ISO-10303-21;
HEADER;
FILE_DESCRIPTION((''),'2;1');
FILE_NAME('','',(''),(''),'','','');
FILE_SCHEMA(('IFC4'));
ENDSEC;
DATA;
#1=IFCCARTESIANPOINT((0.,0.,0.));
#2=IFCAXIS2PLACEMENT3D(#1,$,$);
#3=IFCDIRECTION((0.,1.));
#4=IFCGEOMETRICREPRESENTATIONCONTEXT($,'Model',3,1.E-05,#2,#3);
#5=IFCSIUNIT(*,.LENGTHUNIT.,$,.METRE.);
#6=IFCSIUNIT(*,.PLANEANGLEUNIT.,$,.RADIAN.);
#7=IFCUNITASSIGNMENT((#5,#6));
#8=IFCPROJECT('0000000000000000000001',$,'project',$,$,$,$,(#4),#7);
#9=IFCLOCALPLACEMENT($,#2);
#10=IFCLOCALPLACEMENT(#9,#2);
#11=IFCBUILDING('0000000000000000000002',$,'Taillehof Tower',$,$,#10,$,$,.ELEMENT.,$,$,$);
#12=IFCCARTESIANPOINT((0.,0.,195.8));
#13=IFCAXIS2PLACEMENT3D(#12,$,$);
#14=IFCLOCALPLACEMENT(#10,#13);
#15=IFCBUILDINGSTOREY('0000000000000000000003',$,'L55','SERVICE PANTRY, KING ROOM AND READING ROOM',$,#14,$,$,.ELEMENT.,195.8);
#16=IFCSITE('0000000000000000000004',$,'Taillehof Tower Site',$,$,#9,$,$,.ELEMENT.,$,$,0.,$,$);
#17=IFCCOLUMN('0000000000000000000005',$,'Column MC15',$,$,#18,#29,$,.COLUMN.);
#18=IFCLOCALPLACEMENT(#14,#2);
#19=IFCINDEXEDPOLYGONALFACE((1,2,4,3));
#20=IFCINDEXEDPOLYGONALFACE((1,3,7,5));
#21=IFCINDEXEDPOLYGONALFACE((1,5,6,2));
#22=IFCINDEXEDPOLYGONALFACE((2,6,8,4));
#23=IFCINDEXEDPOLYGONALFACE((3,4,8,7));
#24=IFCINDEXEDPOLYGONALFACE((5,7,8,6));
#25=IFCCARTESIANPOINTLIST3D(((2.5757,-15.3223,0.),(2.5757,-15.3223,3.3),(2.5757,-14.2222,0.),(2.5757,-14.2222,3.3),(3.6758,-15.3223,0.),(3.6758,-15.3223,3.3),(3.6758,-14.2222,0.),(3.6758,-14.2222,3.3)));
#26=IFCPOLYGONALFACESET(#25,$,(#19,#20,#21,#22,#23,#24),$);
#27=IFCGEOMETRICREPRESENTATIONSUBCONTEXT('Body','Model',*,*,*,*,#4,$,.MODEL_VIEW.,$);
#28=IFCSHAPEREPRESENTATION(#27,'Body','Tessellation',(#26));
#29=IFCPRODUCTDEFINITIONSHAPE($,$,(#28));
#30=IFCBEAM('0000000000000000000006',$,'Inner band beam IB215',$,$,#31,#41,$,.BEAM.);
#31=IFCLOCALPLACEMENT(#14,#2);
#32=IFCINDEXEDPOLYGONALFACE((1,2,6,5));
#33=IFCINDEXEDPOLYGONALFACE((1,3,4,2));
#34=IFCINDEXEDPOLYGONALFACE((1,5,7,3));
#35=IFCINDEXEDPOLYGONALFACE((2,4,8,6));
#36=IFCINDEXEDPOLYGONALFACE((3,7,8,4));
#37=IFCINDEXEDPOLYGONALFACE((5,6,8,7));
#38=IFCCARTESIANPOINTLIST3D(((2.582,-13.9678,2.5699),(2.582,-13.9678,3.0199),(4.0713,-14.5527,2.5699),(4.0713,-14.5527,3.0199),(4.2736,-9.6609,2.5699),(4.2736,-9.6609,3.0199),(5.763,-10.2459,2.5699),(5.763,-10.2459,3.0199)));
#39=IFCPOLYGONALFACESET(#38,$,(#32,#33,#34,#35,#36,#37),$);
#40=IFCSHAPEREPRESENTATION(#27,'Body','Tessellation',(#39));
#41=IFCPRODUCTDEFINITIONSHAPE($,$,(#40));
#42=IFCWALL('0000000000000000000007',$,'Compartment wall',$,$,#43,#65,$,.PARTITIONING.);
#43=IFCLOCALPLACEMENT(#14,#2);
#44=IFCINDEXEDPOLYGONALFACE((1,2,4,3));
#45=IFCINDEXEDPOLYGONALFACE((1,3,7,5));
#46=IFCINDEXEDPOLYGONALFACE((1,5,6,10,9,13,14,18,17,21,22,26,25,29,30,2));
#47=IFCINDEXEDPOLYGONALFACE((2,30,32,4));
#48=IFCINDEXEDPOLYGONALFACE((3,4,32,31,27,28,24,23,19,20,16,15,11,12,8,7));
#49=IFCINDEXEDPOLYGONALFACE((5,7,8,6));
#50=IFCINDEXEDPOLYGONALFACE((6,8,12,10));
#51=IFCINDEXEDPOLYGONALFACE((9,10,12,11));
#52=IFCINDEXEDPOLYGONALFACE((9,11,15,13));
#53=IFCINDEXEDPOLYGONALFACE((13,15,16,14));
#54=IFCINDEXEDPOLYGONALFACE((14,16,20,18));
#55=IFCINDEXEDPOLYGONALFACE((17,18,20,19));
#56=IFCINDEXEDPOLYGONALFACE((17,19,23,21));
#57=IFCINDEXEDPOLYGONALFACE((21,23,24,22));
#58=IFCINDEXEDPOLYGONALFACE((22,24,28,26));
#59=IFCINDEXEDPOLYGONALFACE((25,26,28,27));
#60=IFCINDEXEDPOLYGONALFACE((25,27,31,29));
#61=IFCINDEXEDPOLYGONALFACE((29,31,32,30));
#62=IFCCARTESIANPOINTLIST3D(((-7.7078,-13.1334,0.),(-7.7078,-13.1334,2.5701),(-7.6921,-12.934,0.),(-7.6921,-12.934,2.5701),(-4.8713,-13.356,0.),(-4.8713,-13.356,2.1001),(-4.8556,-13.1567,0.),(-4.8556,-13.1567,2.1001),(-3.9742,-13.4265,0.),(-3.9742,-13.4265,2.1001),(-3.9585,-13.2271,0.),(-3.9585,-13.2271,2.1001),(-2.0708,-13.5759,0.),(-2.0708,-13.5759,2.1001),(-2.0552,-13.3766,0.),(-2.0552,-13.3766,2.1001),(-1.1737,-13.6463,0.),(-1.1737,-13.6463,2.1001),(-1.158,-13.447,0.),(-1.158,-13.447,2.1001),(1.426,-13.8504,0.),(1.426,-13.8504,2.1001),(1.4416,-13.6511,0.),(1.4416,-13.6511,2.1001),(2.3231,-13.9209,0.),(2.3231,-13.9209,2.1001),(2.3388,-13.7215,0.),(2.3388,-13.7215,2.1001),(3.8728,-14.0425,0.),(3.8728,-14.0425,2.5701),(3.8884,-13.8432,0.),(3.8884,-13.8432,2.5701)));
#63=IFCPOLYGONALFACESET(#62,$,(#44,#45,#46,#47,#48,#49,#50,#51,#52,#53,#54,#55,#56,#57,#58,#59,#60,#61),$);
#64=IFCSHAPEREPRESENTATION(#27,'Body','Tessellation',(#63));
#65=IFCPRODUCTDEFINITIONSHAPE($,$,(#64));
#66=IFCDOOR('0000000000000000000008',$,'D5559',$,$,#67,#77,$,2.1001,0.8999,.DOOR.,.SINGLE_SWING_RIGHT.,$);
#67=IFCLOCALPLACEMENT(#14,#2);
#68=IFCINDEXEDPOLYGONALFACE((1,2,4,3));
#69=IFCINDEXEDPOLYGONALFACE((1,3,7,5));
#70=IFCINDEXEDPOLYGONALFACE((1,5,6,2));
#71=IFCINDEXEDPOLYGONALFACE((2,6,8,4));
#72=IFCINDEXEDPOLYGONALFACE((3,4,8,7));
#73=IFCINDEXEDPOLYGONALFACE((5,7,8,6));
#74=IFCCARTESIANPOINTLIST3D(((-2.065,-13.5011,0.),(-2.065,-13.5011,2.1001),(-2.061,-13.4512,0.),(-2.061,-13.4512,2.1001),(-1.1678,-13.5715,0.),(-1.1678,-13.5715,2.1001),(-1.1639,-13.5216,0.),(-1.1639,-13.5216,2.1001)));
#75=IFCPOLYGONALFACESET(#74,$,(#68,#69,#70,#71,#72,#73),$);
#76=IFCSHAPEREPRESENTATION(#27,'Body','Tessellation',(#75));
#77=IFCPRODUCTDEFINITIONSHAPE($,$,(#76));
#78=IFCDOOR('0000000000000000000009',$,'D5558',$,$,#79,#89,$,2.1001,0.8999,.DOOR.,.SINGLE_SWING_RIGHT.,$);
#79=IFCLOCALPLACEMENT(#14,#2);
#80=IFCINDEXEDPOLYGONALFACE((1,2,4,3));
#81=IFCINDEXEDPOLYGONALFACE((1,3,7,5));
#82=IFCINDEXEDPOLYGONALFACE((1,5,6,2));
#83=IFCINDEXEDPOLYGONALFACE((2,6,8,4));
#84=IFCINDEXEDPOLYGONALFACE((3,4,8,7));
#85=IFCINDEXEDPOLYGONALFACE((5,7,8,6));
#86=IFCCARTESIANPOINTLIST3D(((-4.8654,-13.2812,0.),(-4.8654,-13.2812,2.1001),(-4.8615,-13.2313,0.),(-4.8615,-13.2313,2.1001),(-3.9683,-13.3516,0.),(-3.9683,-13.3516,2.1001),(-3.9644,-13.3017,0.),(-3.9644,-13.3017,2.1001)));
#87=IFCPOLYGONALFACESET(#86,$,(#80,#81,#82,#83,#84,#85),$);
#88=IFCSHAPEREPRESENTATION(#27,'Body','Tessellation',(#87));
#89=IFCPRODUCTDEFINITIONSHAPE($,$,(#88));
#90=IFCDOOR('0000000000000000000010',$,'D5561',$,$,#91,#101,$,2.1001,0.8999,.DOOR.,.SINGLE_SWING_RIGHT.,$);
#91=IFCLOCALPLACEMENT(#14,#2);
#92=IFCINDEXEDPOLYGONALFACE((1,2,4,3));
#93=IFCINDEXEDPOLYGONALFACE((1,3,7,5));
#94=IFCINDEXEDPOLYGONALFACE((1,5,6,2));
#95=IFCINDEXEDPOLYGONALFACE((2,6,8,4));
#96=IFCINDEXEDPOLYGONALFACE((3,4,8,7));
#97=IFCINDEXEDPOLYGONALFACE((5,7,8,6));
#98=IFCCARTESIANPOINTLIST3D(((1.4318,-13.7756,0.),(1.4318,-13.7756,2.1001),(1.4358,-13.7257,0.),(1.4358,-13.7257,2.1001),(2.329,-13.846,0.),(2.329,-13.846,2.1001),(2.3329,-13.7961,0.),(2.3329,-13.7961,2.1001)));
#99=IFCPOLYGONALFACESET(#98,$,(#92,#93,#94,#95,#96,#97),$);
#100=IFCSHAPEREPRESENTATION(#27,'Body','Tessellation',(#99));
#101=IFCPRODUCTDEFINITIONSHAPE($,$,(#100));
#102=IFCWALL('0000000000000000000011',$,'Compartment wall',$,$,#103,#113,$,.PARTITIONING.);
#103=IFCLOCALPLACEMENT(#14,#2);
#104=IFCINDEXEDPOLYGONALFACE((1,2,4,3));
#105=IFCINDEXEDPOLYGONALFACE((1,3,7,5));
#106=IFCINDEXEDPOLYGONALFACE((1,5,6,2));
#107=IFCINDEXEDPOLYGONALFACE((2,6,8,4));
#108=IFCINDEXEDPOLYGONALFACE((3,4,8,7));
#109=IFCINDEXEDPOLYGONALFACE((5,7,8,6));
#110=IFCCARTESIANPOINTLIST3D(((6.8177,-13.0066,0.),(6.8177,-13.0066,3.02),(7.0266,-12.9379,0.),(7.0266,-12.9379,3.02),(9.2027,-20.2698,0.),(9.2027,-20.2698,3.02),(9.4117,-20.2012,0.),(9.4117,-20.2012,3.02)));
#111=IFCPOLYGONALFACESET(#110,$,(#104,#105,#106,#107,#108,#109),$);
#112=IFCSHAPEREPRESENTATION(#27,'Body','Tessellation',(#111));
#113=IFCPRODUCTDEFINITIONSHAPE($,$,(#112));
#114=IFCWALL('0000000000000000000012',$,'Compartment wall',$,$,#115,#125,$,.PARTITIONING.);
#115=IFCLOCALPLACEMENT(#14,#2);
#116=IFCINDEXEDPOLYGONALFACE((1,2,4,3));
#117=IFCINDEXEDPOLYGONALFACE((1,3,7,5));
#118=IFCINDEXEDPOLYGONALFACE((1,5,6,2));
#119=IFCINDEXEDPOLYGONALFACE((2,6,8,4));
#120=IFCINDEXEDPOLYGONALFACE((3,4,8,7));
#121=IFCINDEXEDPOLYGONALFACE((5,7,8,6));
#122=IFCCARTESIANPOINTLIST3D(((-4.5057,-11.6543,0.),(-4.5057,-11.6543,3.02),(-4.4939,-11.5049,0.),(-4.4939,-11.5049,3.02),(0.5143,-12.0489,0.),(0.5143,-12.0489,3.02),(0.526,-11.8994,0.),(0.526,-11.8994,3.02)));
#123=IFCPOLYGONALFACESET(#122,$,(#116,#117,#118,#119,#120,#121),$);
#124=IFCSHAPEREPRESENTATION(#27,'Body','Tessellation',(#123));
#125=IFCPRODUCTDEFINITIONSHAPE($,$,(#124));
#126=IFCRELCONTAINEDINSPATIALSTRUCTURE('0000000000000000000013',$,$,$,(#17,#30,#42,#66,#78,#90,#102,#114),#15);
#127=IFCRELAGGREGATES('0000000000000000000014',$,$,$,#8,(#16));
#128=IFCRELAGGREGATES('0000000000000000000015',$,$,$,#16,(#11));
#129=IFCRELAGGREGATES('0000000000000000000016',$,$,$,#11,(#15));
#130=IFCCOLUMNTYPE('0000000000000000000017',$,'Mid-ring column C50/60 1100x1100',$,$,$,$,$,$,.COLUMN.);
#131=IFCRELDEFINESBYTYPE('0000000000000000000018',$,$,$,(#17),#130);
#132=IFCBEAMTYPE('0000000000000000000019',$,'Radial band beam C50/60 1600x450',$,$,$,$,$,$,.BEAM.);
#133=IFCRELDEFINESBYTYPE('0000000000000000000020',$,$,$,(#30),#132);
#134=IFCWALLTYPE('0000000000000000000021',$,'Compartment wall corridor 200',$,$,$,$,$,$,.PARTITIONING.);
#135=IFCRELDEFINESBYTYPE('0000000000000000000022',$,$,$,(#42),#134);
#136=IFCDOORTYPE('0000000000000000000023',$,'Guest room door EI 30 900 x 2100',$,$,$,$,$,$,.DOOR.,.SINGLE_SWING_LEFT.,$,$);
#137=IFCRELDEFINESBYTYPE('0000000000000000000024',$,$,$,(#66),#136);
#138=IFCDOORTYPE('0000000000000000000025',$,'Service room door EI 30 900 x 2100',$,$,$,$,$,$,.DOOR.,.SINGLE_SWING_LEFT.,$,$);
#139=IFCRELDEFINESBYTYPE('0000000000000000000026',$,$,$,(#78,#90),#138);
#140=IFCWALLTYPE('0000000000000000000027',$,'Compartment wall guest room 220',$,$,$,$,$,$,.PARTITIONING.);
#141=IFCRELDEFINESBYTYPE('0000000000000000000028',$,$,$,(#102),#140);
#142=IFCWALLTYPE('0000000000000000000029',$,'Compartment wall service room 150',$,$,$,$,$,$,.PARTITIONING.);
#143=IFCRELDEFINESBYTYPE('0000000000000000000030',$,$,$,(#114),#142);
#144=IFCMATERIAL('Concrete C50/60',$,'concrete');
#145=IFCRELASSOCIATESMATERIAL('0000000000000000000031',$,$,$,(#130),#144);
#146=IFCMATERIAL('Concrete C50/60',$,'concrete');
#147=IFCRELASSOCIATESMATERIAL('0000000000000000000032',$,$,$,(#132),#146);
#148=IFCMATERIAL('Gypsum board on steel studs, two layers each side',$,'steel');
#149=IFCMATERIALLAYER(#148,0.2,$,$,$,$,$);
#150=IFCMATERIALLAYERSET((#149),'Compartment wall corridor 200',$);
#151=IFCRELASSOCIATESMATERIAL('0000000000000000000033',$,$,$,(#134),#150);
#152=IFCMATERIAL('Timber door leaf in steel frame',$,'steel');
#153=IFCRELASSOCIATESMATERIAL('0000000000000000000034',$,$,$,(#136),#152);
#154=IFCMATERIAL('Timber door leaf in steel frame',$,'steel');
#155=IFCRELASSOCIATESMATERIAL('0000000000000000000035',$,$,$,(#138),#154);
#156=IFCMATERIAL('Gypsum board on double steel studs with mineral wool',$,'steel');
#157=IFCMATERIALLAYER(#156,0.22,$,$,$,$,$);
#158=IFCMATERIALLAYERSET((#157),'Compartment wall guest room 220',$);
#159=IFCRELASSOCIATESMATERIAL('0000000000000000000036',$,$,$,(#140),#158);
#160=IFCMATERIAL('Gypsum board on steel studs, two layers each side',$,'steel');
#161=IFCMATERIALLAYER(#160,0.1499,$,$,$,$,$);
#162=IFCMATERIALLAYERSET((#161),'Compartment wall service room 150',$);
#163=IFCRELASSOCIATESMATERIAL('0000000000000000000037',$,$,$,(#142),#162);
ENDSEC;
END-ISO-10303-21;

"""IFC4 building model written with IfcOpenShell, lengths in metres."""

from ifc_helpers import new_model, si_unit, direction, frame, frame_2d, origin, origin_2d, place, context, subcontext, project, spatial, rectangle, extrude, material, layer, layer_set, material_profile, profile_set, type_object, element, fill, save


model = new_model("IFC4")

# Units and contexts
model_context = context("Model", 3, precision=1e-05, world=origin(), true_north=direction((0.0, 1.0)))
body_context = subcontext(model_context, "Body", "Model", "MODEL_VIEW")
ifc_project = project(units=[si_unit("LENGTHUNIT", "METRE"), si_unit("PLANEANGLEUNIT", "RADIAN")], contexts=[model_context])

# Site, building, storey
site_placement = place(None, origin())
site = spatial("IfcSite", under=ifc_project, at=site_placement, Name="Taillehof Tower Site", CompositionType="ELEMENT", RefElevation=0.0)
building_placement = place(site_placement, origin())
building = spatial("IfcBuilding", under=site, at=building_placement, Name="Taillehof Tower", CompositionType="ELEMENT")
storey_placement = place(building_placement, frame((0.0, 0.0, 195.8)))
storey = spatial("IfcBuildingStorey", under=building, at=storey_placement, Name="L55", Description="SERVICE PANTRY, KING ROOM AND READING ROOM", CompositionType="ELEMENT", Elevation=195.8)

# Column
ifc_material_1 = material(Name="Concrete C50/60", Category="concrete")
ifc_material_profile_1 = material_profile(ifc_material_1, rectangle(XDim=1.1001, YDim=1.1001, at=origin_2d()), Name="RC 1100x1100")
ifc_profile_set_1 = profile_set([ifc_material_profile_1], Name="Concrete C50/60")
column_type = type_object("IfcColumnType", Name="Mid-ring column C50/60 1100x1100", PredefinedType="COLUMN", material=ifc_profile_set_1)
column_placement = place(storey_placement, frame((3.1257, -14.7722, 0.0), z_axis=(0.0, 0.0, 1.0), x_axis=(1.0, 0.0, 0.0)))
element("IfcColumn", 1, at=column_placement, inside=storey, type_object=column_type, Name="Column MC15", PredefinedType="COLUMN", context=body_context, shape_type="SweptSolid", body=[
    extrude(rectangle(XDim=1.1001, YDim=1.1001, at=origin_2d()), origin(), (0.0, 0.0, 1.0), 3.3),
])

# Beam
ifc_material_2 = material(Name="Concrete C50/60", Category="concrete")
ifc_material_profile_2 = material_profile(ifc_material_2, rectangle(XDim=1.6001, YDim=0.45, at=origin_2d()), Name="RC 1600x450")
ifc_profile_set_2 = profile_set([ifc_material_profile_2], Name="Concrete C50/60")
beam_type = type_object("IfcBeamType", Name="Radial band beam C50/60 1600x450", PredefinedType="BEAM", material=ifc_profile_set_2)
beam_placement = place(storey_placement, frame((3.3267, -14.2603, 2.7949), z_axis=(0.365589, 0.930777, 0.0), x_axis=(-0.930777, 0.365589, 0.0)))
element("IfcBeam", 2, at=beam_placement, inside=storey, type_object=beam_type, Name="Inner band beam IB215", PredefinedType="BEAM", context=body_context, shape_type="SweptSolid", body=[
    extrude(rectangle(XDim=1.6001, YDim=0.45, at=origin_2d()), origin(), (0.0, 0.0, 1.0), 4.6272),
])

# Wall, openings, doors
ifc_material_3 = material(Name="Gypsum board on steel studs, two layers each side", Category="steel")
ifc_layer_1 = layer(ifc_material_3, 0.2)
ifc_layer_set_1 = layer_set([ifc_layer_1], Name="Compartment wall corridor 200")
wall_type_1 = type_object("IfcWallType", Name="Compartment wall corridor 200", PredefinedType="PARTITIONING", material=ifc_layer_set_1)
wall_1_placement = place(storey_placement, frame((3.8806, -13.9429, 0.0), z_axis=(0.0, 0.0, 1.0), x_axis=(-0.996932, 0.078268, 0.0)))
wall_1 = element("IfcWall", 3, at=wall_1_placement, inside=storey, type_object=wall_type_1, Name="Compartment wall", PredefinedType="PARTITIONING", context=body_context, shape_type="SweptSolid", body=[
    extrude(rectangle(XDim=11.6162, YDim=0.2, at=frame_2d((5.8081, 0.0))), origin(), (0.0, 0.0, 1.0), 2.5701),
])
opening_1_placement = place(wall_1_placement, frame((7.8711, 0.0, 0.0)))
opening_1 = element("IfcOpeningElement", 4, at=opening_1_placement, cuts=wall_1, PredefinedType="OPENING", context=body_context, shape_type="SweptSolid", body=[
    extrude(rectangle(XDim=0.8999, YDim=2.1001, at=frame_2d((0.45, 1.05))), frame((0.0, 0.1099, 0.0), z_axis=(0.0, -1.0, 0.0), x_axis=(1.0, 0.0, 0.0)), (0.0, 0.0, 1.0), 0.22),
])
opening_2_placement = place(wall_1_placement, frame((5.062, 0.0, 0.0)))
opening_2 = element("IfcOpeningElement", 5, at=opening_2_placement, cuts=wall_1, PredefinedType="OPENING", context=body_context, shape_type="SweptSolid", body=[
    extrude(rectangle(XDim=0.8999, YDim=2.1001, at=frame_2d((0.45, 1.05))), frame((0.0, 0.1099, 0.0), z_axis=(0.0, -1.0, 0.0), x_axis=(1.0, 0.0, 0.0)), (0.0, 0.0, 1.0), 0.22),
])
opening_3_placement = place(wall_1_placement, frame((1.5544, 0.0, 0.0)))
opening_3 = element("IfcOpeningElement", 6, at=opening_3_placement, cuts=wall_1, PredefinedType="OPENING", context=body_context, shape_type="SweptSolid", body=[
    extrude(rectangle(XDim=0.8999, YDim=2.1001, at=frame_2d((0.45, 1.05))), frame((0.0, 0.1099, 0.0), z_axis=(0.0, -1.0, 0.0), x_axis=(1.0, 0.0, 0.0)), (0.0, 0.0, 1.0), 0.22),
])
ifc_material_4 = material(Name="Timber door leaf in steel frame", Category="steel")
door_type_1 = type_object("IfcDoorType", Name="Guest room door EI 30 900 x 2100", OperationType="SINGLE_SWING_LEFT", PredefinedType="DOOR", material=ifc_material_4)
door_1_placement = place(opening_2_placement, origin())
door_1 = element("IfcDoor", 7, at=door_1_placement, inside=storey, type_object=door_type_1, Name="D5559", OperationType="SINGLE_SWING_RIGHT", OverallHeight=2.1001, OverallWidth=0.8999, PredefinedType="DOOR", context=body_context, shape_type="SweptSolid", body=[
    extrude(rectangle(XDim=0.8999, YDim=2.1001, at=frame_2d((0.45, 1.05))), frame((0.0, 0.0249, 0.0), z_axis=(0.0, -1.0, 0.0), x_axis=(1.0, 0.0, 0.0)), (0.0, 0.0, 1.0), 0.05),
])
fill(opening_2, door_1)
ifc_material_5 = material(Name="Timber door leaf in steel frame", Category="steel")
door_type_2 = type_object("IfcDoorType", Name="Service room door EI 30 900 x 2100", OperationType="SINGLE_SWING_LEFT", PredefinedType="DOOR", material=ifc_material_5)
door_2_placement = place(opening_1_placement, origin())
door_2 = element("IfcDoor", 8, at=door_2_placement, inside=storey, type_object=door_type_2, Name="D5558", OperationType="SINGLE_SWING_RIGHT", OverallHeight=2.1001, OverallWidth=0.8999, PredefinedType="DOOR", context=body_context, shape_type="SweptSolid", body=[
    extrude(rectangle(XDim=0.8999, YDim=2.1001, at=frame_2d((0.45, 1.05))), frame((0.0, 0.0249, 0.0), z_axis=(0.0, -1.0, 0.0), x_axis=(1.0, 0.0, 0.0)), (0.0, 0.0, 1.0), 0.05),
])
fill(opening_1, door_2)
door_3_placement = place(opening_3_placement, origin())
door_3 = element("IfcDoor", 9, at=door_3_placement, inside=storey, type_object=door_type_2, Name="D5561", OperationType="SINGLE_SWING_RIGHT", OverallHeight=2.1001, OverallWidth=0.8999, PredefinedType="DOOR", context=body_context, shape_type="SweptSolid", body=[
    extrude(rectangle(XDim=0.8999, YDim=2.1001, at=frame_2d((0.45, 1.05))), frame((0.0, 0.0249, 0.0), z_axis=(0.0, -1.0, 0.0), x_axis=(1.0, 0.0, 0.0)), (0.0, 0.0, 1.0), 0.05),
])
fill(opening_3, door_3)

# Walls
ifc_material_6 = material(Name="Gypsum board on double steel studs with mineral wool", Category="steel")
ifc_layer_2 = layer(ifc_material_6, 0.22)
ifc_layer_set_2 = layer_set([ifc_layer_2], Name="Compartment wall guest room 220")
wall_type_2 = type_object("IfcWallType", Name="Compartment wall guest room 220", PredefinedType="PARTITIONING", material=ifc_layer_set_2)
wall_2_placement = place(storey_placement, frame((9.3071, -20.2354, 0.0), z_axis=(0.0, 0.0, 1.0), x_axis=(-0.31198, 0.950089, 0.0)))
element("IfcWall", 10, at=wall_2_placement, inside=storey, type_object=wall_type_2, Name="Compartment wall", PredefinedType="PARTITIONING", context=body_context, shape_type="SweptSolid", body=[
    extrude(rectangle(XDim=7.6448, YDim=0.22, at=frame_2d((3.8223, 0.0))), origin(), (0.0, 0.0, 1.0), 3.02),
])
ifc_material_7 = material(Name="Gypsum board on steel studs, two layers each side", Category="steel")
ifc_layer_3 = layer(ifc_material_7, 0.1499)
ifc_layer_set_3 = layer_set([ifc_layer_3], Name="Compartment wall service room 150")
wall_type_3 = type_object("IfcWallType", Name="Compartment wall service room 150", PredefinedType="PARTITIONING", material=ifc_layer_set_3)
wall_3_placement = place(storey_placement, frame((0.52, -11.9741, 0.0), z_axis=(0.0, 0.0, 1.0), x_axis=(-0.996926, 0.07835, 0.0)))
element("IfcWall", 11, at=wall_3_placement, inside=storey, type_object=wall_type_3, Name="Compartment wall", PredefinedType="PARTITIONING", context=body_context, shape_type="SweptSolid", body=[
    extrude(rectangle(XDim=5.0354, YDim=0.1499, at=frame_2d((2.5176, 0.0))), origin(), (0.0, 0.0, 1.0), 3.02),
])

save(model, "model.ifc")
